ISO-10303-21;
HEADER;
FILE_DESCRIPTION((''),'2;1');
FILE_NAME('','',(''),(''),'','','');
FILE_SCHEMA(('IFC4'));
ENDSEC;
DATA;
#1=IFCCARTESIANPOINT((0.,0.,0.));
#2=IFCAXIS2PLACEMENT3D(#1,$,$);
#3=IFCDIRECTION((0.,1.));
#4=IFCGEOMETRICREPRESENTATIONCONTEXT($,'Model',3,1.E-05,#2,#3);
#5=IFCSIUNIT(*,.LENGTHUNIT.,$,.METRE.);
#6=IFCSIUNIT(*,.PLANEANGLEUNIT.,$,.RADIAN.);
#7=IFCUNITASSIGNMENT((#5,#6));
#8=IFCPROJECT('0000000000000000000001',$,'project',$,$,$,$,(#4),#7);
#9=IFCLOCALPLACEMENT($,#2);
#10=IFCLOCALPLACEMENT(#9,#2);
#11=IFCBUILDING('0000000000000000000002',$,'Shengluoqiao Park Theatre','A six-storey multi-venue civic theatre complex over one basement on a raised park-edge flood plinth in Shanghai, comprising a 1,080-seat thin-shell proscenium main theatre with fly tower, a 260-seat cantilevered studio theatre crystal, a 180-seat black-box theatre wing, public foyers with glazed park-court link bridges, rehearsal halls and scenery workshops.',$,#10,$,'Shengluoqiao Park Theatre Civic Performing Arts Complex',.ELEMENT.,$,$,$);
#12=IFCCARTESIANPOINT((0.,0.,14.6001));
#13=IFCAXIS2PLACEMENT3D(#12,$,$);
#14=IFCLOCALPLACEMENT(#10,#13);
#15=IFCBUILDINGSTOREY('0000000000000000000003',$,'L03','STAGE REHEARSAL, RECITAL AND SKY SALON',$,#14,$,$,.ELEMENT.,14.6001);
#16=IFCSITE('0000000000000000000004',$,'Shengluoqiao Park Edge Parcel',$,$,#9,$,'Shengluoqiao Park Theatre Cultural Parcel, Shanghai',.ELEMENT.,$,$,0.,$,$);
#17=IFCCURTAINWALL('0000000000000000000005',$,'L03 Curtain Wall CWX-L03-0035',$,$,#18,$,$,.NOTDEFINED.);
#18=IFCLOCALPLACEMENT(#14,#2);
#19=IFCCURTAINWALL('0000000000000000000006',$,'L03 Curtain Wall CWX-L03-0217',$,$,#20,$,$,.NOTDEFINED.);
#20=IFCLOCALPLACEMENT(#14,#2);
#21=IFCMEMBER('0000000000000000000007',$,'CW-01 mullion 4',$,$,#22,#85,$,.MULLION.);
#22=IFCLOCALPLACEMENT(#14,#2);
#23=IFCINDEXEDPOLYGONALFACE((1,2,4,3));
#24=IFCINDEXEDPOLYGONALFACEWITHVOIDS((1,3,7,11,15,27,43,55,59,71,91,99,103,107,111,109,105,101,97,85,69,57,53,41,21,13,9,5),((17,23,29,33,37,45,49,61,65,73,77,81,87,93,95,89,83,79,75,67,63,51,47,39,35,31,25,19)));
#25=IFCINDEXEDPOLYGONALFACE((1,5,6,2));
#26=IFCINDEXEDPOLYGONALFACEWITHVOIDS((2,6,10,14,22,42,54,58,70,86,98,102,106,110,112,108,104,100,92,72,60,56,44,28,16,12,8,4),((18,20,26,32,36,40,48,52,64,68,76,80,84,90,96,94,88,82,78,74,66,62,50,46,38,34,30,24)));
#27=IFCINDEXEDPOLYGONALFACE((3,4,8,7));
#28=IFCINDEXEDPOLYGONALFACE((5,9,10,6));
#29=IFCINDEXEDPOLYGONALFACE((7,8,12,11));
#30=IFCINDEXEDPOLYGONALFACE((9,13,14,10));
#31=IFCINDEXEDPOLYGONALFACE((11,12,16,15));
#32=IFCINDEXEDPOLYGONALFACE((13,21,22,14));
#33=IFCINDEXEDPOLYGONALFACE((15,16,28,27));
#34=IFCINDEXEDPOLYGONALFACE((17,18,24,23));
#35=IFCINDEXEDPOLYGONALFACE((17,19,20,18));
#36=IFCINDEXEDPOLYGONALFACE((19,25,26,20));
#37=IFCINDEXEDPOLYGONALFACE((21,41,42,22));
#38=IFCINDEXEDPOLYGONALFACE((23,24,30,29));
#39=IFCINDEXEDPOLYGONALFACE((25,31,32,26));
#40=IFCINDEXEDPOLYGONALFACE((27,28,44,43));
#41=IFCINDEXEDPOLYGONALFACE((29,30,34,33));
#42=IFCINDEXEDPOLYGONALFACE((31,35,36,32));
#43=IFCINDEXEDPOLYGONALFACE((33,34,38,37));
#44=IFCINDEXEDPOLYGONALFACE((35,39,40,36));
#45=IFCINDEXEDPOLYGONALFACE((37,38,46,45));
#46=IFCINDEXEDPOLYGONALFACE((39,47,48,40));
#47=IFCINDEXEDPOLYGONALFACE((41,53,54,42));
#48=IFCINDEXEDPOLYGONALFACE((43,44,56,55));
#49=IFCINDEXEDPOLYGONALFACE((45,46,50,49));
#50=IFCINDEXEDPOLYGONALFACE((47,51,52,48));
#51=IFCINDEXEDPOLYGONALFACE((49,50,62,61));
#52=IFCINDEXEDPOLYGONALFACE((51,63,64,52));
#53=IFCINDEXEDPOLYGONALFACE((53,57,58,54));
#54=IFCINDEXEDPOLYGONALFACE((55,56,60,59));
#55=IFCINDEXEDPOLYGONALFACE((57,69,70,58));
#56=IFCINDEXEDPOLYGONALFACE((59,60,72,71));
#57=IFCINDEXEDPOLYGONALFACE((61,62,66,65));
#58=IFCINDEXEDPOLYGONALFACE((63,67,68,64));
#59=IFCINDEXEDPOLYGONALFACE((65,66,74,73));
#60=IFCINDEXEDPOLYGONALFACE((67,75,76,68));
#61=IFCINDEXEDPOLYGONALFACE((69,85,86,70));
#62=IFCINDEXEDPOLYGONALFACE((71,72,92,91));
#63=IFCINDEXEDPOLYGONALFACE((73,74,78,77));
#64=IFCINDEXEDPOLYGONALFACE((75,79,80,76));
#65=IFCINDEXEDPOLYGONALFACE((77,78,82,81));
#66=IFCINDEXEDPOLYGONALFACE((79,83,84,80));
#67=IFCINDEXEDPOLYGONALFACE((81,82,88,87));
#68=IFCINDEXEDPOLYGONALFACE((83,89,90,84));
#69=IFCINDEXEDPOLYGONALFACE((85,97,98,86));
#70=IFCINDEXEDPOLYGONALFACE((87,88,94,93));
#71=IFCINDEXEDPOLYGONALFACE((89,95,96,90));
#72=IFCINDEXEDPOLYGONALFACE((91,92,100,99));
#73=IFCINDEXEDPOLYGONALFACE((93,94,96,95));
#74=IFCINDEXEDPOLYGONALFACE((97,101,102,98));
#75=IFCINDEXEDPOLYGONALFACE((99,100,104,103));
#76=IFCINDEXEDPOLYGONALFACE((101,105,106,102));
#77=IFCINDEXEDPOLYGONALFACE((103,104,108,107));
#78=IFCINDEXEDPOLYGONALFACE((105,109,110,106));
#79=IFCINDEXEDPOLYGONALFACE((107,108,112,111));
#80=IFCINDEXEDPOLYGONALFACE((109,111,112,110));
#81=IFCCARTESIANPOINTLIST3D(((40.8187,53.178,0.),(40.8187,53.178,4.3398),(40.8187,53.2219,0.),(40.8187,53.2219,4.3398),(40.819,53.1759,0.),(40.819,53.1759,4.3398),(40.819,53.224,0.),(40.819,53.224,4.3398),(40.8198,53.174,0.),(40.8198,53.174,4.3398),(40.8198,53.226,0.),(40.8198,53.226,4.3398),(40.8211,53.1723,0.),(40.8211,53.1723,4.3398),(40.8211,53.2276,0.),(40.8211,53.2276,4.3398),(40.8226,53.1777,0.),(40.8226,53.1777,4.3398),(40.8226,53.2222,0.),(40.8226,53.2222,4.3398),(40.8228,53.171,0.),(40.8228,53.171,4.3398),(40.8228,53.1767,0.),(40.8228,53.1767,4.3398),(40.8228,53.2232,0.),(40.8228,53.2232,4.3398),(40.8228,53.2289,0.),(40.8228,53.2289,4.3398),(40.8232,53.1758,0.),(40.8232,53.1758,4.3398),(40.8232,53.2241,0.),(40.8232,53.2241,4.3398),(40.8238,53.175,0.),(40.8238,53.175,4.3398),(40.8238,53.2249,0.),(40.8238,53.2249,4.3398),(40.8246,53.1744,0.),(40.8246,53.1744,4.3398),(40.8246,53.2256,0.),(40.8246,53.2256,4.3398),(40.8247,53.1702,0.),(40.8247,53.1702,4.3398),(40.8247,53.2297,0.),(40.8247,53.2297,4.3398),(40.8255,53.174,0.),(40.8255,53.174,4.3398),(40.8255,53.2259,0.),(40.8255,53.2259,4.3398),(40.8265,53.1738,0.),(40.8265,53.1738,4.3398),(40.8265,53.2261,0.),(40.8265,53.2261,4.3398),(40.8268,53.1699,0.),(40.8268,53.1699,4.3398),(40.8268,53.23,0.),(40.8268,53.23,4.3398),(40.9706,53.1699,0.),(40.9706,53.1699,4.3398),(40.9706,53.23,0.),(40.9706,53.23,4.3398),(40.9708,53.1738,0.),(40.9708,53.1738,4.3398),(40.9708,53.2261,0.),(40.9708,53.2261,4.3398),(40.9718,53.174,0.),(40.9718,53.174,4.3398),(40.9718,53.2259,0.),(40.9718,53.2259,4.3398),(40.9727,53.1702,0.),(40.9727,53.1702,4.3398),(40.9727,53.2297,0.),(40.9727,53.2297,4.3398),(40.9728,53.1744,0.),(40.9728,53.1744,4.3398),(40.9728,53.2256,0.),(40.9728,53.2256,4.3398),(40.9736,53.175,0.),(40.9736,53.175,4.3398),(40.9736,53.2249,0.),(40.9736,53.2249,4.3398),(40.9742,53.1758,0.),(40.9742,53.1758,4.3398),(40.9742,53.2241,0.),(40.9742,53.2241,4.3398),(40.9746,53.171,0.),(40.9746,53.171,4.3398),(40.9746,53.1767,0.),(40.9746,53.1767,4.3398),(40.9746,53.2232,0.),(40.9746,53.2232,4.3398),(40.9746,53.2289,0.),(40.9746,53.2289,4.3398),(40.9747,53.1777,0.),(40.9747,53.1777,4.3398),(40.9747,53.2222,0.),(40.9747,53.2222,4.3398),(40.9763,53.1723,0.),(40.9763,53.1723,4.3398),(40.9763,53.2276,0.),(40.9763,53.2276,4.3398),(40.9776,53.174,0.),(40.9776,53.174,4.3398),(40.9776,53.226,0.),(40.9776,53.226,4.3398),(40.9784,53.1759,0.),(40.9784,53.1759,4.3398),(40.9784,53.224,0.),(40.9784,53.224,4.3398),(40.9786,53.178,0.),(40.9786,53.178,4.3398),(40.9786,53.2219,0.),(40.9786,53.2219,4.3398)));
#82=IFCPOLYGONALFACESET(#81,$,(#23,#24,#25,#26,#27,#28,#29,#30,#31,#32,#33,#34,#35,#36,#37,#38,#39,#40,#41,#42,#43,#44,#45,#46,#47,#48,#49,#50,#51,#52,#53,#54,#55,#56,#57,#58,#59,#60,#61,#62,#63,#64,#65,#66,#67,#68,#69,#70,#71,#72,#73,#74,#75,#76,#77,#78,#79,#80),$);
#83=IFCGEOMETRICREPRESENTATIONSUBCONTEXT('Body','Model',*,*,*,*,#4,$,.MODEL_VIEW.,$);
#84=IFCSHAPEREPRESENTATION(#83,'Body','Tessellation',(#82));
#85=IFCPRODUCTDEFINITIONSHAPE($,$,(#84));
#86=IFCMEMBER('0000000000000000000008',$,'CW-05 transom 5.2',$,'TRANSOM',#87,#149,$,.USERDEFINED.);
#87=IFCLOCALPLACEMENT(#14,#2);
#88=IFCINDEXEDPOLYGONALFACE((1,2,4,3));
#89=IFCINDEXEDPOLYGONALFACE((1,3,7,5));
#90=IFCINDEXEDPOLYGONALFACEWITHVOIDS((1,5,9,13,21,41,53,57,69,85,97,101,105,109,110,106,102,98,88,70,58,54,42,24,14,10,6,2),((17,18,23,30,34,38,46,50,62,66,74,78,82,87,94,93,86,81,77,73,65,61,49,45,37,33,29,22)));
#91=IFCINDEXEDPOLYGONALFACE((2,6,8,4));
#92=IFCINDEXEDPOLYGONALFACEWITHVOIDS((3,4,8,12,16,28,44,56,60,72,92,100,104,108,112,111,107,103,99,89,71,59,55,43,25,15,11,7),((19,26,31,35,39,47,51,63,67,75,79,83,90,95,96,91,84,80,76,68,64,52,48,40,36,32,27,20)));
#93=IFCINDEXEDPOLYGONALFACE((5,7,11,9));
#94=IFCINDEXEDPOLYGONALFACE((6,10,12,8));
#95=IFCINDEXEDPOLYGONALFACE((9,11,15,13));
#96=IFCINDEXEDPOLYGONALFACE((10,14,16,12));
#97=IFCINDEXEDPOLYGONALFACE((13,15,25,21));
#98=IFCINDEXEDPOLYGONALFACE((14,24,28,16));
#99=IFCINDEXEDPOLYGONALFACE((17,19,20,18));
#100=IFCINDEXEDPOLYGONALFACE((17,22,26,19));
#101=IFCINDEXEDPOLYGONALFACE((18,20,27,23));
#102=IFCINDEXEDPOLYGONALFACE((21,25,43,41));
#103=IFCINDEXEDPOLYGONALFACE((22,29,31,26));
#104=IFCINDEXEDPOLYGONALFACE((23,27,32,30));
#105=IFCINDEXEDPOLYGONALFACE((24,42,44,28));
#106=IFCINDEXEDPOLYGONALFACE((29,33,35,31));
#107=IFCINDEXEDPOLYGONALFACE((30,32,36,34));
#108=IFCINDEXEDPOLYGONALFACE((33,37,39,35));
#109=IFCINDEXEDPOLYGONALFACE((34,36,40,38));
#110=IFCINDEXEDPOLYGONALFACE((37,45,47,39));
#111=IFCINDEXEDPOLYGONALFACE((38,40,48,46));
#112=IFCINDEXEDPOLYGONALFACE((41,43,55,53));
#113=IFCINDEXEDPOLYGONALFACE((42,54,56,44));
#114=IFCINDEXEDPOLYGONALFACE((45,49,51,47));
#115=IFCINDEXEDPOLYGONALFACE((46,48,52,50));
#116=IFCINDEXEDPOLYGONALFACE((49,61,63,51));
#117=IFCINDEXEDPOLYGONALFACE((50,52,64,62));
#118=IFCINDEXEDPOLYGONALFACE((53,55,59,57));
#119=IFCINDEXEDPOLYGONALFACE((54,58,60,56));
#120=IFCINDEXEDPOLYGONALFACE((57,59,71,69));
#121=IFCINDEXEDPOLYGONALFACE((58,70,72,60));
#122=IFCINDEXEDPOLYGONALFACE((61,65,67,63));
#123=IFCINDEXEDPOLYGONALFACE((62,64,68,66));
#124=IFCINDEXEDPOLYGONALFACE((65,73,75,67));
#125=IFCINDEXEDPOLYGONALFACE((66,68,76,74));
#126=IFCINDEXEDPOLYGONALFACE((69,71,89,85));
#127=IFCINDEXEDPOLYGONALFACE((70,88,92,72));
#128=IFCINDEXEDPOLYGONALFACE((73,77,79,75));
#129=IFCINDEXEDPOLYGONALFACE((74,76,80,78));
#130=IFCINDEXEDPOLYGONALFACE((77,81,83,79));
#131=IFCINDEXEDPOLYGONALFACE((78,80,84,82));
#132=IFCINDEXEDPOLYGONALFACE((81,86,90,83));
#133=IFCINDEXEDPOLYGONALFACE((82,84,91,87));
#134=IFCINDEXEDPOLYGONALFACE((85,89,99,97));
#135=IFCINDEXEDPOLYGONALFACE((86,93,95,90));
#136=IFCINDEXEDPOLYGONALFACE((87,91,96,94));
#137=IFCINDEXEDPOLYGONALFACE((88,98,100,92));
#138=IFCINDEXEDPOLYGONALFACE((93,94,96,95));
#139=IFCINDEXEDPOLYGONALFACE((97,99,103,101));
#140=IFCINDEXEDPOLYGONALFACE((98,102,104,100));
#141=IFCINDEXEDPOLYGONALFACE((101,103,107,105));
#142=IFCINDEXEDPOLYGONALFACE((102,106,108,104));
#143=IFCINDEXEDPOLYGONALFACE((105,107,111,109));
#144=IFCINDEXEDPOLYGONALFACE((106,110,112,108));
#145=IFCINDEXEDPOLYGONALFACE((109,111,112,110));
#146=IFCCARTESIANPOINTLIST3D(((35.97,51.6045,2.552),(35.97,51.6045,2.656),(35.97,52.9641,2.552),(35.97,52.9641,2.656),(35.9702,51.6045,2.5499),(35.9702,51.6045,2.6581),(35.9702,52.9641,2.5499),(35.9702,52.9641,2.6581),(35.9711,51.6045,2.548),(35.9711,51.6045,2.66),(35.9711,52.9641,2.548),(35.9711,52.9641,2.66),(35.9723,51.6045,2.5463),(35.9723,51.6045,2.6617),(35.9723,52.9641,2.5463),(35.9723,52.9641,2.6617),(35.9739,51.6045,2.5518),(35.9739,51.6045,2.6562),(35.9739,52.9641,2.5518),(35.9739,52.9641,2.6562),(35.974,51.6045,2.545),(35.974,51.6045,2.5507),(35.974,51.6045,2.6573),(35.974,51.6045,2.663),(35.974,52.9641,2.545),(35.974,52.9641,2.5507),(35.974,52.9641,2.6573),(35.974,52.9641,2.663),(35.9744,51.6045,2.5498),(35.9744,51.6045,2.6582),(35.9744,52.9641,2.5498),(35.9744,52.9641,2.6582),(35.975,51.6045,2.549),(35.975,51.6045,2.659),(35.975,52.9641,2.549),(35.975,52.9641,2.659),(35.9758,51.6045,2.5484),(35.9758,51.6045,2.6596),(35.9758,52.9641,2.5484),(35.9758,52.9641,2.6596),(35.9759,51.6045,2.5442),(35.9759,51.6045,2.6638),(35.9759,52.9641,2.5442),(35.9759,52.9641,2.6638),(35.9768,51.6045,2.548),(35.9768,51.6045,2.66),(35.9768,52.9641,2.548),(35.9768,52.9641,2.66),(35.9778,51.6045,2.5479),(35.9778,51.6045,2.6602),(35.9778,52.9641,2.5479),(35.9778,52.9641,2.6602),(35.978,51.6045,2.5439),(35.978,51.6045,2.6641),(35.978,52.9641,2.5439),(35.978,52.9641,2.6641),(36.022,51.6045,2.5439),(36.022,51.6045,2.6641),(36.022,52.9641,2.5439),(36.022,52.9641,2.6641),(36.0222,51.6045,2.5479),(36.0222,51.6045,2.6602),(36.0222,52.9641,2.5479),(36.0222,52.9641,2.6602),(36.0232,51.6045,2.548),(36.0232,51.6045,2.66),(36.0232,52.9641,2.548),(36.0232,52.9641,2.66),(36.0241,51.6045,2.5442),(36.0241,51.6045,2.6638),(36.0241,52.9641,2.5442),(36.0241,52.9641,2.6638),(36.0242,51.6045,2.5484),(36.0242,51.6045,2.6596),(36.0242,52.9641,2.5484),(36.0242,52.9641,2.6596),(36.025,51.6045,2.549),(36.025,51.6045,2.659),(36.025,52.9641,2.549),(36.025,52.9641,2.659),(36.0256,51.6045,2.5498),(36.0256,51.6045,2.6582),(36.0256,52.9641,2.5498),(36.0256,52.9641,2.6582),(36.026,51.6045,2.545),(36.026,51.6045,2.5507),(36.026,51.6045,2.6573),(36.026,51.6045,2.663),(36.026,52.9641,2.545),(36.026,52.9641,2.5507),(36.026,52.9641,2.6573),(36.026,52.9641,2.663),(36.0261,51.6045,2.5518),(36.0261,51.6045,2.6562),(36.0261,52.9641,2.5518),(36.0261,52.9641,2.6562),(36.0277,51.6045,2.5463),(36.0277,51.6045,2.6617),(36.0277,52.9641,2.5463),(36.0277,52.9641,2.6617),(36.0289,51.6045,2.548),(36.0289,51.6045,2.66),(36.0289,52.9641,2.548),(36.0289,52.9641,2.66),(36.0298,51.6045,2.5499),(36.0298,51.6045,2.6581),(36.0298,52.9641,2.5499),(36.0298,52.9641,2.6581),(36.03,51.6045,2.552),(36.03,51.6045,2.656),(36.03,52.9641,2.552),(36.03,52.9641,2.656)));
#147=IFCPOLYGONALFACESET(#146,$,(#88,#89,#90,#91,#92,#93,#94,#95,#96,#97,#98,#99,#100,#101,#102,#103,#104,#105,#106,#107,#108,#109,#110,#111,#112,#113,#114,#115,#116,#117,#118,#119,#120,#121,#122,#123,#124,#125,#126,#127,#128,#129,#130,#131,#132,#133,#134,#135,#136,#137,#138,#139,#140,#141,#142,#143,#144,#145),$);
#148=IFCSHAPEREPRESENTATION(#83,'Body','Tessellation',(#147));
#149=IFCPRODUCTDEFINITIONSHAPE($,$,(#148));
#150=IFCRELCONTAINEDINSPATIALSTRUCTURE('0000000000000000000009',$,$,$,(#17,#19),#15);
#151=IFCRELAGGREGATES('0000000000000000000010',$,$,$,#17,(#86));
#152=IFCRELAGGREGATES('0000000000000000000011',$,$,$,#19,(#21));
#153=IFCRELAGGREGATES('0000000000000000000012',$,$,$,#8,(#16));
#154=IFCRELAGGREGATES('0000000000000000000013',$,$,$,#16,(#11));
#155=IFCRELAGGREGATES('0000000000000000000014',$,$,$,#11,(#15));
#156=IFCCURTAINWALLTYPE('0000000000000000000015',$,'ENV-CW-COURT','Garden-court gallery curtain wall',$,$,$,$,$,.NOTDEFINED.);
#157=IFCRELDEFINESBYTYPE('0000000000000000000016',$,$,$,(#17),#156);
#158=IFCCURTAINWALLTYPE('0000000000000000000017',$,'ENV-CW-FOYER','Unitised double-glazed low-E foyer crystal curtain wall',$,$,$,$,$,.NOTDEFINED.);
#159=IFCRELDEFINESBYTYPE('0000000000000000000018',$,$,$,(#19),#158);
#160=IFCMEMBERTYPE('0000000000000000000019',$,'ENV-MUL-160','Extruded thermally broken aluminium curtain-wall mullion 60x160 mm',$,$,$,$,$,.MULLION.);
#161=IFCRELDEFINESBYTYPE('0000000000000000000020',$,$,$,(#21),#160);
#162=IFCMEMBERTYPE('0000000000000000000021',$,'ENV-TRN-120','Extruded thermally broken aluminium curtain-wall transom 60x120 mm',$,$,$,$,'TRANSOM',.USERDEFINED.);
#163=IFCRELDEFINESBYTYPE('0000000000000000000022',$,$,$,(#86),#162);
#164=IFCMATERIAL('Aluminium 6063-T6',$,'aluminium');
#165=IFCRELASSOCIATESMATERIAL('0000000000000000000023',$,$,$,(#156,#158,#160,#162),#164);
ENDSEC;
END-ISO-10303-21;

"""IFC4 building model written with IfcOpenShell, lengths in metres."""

from ifc_helpers import new_model, si_unit, direction, frame, origin, origin_2d, place, context, subcontext, project, spatial, hollow_rectangle, extrude, material, material_profile, profile_set, type_object, element, aggregate, save


model = new_model("IFC4")

# Units and contexts
model_context = context("Model", 3, precision=1e-05, world=origin(), true_north=direction((0.0, 1.0)))
body_context = subcontext(model_context, "Body", "Model", "MODEL_VIEW")
ifc_project = project(units=[si_unit("LENGTHUNIT", "METRE"), si_unit("PLANEANGLEUNIT", "RADIAN")], contexts=[model_context])

# Site, building, storey
site_placement = place(None, origin())
site = spatial("IfcSite", under=ifc_project, at=site_placement, Name="Shengluoqiao Park Edge Parcel", LongName="Shengluoqiao Park Theatre Cultural Parcel, Shanghai", CompositionType="ELEMENT", RefElevation=0.0)
building_placement = place(site_placement, origin())
building = spatial("IfcBuilding", under=site, at=building_placement, Name="Shengluoqiao Park Theatre", Description="A six-storey multi-venue civic theatre complex over one basement on a raised park-edge flood plinth in Shanghai, comprising a 1,080-seat thin-shell proscenium main theatre with fly tower, a 260-seat cantilevered studio theatre crystal, a 180-seat black-box theatre wing, public foyers with glazed park-court link bridges, rehearsal halls and scenery workshops.", LongName="Shengluoqiao Park Theatre Civic Performing Arts Complex", CompositionType="ELEMENT")
storey_placement = place(building_placement, frame((0.0, 0.0, 14.6001)))
storey = spatial("IfcBuildingStorey", under=building, at=storey_placement, Name="L03", Description="STAGE REHEARSAL, RECITAL AND SKY SALON", CompositionType="ELEMENT", Elevation=14.6001)

# Curtain wall
ifc_material_1 = material(Name="Aluminium 6063-T6", Category="aluminium")
curtain_wall_type_1 = type_object("IfcCurtainWallType", Name="ENV-CW-COURT", Description="Garden-court gallery curtain wall", PredefinedType="NOTDEFINED", material=ifc_material_1)
curtain_wall_1_placement = place(storey_placement, origin())
curtain_wall_1 = element("IfcCurtainWall", 1, at=curtain_wall_1_placement, inside=storey, type_object=curtain_wall_type_1, Name="L03 Curtain Wall CWX-L03-0035", PredefinedType="NOTDEFINED")
ifc_material_profile_1 = material_profile(ifc_material_1, hollow_rectangle(XDim=0.0601, YDim=0.1599, WallThickness=0.0039, InnerFilletRadius=0.0039, OuterFilletRadius=0.0081, at=origin_2d()), Name="ALU MULLION 160x60x4")
ifc_profile_set_1 = profile_set([ifc_material_profile_1], Name="Aluminium 6063-T6")
member_type_1 = type_object("IfcMemberType", Name="ENV-MUL-160", Description="Extruded thermally broken aluminium curtain-wall mullion 60x160 mm", PredefinedType="MULLION", material=ifc_profile_set_1)

# Curtain wall, member
curtain_wall_type_2 = type_object("IfcCurtainWallType", Name="ENV-CW-FOYER", Description="Unitised double-glazed low-E foyer crystal curtain wall", PredefinedType="NOTDEFINED", material=ifc_material_1)
curtain_wall_2_placement = place(storey_placement, origin())
curtain_wall_2 = element("IfcCurtainWall", 2, at=curtain_wall_2_placement, inside=storey, type_object=curtain_wall_type_2, Name="L03 Curtain Wall CWX-L03-0217", PredefinedType="NOTDEFINED")
member_1_placement = place(storey_placement, frame((40.8987, 53.2, 0.0), z_axis=(0.0, 0.0, 1.0), x_axis=(0.0, 1.0, 0.0)))
member_1 = element("IfcMember", 3, at=member_1_placement, type_object=member_type_1, Name="CW-01 mullion 4", PredefinedType="MULLION", context=body_context, shape_type="SweptSolid", body=[
    extrude(hollow_rectangle(XDim=0.0601, YDim=0.1599, WallThickness=0.0039, InnerFilletRadius=0.0039, OuterFilletRadius=0.0081, at=origin_2d()), origin(), (0.0, 0.0, 1.0), 4.3398),
])

# Member
ifc_material_profile_2 = material_profile(ifc_material_1, hollow_rectangle(XDim=0.0601, YDim=0.1201, WallThickness=0.0039, InnerFilletRadius=0.0039, OuterFilletRadius=0.0081, at=origin_2d()), Name="ALU TRANSOM 120x60x4")
ifc_profile_set_2 = profile_set([ifc_material_profile_2], Name="Aluminium 6063-T6")
member_type_2 = type_object("IfcMemberType", Name="ENV-TRN-120", Description="Extruded thermally broken aluminium curtain-wall transom 60x120 mm", ElementType="TRANSOM", PredefinedType="USERDEFINED", material=ifc_profile_set_2)
member_2_placement = place(storey_placement, frame((36.0, 51.6045, 2.604), z_axis=(0.0, 1.0, 0.0), x_axis=(-1.0, 0.0, 0.0)))
member_2 = element("IfcMember", 4, at=member_2_placement, type_object=member_type_2, Name="CW-05 transom 5.2", ObjectType="TRANSOM", PredefinedType="USERDEFINED", context=body_context, shape_type="SweptSolid", body=[
    extrude(hollow_rectangle(XDim=0.0601, YDim=0.1201, WallThickness=0.0039, InnerFilletRadius=0.0039, OuterFilletRadius=0.0081, at=origin_2d()), origin(), (0.0, 0.0, 1.0), 1.3596),
])

aggregate(curtain_wall_1, [member_2])
aggregate(curtain_wall_2, [member_1])

save(model, "model.ifc")
